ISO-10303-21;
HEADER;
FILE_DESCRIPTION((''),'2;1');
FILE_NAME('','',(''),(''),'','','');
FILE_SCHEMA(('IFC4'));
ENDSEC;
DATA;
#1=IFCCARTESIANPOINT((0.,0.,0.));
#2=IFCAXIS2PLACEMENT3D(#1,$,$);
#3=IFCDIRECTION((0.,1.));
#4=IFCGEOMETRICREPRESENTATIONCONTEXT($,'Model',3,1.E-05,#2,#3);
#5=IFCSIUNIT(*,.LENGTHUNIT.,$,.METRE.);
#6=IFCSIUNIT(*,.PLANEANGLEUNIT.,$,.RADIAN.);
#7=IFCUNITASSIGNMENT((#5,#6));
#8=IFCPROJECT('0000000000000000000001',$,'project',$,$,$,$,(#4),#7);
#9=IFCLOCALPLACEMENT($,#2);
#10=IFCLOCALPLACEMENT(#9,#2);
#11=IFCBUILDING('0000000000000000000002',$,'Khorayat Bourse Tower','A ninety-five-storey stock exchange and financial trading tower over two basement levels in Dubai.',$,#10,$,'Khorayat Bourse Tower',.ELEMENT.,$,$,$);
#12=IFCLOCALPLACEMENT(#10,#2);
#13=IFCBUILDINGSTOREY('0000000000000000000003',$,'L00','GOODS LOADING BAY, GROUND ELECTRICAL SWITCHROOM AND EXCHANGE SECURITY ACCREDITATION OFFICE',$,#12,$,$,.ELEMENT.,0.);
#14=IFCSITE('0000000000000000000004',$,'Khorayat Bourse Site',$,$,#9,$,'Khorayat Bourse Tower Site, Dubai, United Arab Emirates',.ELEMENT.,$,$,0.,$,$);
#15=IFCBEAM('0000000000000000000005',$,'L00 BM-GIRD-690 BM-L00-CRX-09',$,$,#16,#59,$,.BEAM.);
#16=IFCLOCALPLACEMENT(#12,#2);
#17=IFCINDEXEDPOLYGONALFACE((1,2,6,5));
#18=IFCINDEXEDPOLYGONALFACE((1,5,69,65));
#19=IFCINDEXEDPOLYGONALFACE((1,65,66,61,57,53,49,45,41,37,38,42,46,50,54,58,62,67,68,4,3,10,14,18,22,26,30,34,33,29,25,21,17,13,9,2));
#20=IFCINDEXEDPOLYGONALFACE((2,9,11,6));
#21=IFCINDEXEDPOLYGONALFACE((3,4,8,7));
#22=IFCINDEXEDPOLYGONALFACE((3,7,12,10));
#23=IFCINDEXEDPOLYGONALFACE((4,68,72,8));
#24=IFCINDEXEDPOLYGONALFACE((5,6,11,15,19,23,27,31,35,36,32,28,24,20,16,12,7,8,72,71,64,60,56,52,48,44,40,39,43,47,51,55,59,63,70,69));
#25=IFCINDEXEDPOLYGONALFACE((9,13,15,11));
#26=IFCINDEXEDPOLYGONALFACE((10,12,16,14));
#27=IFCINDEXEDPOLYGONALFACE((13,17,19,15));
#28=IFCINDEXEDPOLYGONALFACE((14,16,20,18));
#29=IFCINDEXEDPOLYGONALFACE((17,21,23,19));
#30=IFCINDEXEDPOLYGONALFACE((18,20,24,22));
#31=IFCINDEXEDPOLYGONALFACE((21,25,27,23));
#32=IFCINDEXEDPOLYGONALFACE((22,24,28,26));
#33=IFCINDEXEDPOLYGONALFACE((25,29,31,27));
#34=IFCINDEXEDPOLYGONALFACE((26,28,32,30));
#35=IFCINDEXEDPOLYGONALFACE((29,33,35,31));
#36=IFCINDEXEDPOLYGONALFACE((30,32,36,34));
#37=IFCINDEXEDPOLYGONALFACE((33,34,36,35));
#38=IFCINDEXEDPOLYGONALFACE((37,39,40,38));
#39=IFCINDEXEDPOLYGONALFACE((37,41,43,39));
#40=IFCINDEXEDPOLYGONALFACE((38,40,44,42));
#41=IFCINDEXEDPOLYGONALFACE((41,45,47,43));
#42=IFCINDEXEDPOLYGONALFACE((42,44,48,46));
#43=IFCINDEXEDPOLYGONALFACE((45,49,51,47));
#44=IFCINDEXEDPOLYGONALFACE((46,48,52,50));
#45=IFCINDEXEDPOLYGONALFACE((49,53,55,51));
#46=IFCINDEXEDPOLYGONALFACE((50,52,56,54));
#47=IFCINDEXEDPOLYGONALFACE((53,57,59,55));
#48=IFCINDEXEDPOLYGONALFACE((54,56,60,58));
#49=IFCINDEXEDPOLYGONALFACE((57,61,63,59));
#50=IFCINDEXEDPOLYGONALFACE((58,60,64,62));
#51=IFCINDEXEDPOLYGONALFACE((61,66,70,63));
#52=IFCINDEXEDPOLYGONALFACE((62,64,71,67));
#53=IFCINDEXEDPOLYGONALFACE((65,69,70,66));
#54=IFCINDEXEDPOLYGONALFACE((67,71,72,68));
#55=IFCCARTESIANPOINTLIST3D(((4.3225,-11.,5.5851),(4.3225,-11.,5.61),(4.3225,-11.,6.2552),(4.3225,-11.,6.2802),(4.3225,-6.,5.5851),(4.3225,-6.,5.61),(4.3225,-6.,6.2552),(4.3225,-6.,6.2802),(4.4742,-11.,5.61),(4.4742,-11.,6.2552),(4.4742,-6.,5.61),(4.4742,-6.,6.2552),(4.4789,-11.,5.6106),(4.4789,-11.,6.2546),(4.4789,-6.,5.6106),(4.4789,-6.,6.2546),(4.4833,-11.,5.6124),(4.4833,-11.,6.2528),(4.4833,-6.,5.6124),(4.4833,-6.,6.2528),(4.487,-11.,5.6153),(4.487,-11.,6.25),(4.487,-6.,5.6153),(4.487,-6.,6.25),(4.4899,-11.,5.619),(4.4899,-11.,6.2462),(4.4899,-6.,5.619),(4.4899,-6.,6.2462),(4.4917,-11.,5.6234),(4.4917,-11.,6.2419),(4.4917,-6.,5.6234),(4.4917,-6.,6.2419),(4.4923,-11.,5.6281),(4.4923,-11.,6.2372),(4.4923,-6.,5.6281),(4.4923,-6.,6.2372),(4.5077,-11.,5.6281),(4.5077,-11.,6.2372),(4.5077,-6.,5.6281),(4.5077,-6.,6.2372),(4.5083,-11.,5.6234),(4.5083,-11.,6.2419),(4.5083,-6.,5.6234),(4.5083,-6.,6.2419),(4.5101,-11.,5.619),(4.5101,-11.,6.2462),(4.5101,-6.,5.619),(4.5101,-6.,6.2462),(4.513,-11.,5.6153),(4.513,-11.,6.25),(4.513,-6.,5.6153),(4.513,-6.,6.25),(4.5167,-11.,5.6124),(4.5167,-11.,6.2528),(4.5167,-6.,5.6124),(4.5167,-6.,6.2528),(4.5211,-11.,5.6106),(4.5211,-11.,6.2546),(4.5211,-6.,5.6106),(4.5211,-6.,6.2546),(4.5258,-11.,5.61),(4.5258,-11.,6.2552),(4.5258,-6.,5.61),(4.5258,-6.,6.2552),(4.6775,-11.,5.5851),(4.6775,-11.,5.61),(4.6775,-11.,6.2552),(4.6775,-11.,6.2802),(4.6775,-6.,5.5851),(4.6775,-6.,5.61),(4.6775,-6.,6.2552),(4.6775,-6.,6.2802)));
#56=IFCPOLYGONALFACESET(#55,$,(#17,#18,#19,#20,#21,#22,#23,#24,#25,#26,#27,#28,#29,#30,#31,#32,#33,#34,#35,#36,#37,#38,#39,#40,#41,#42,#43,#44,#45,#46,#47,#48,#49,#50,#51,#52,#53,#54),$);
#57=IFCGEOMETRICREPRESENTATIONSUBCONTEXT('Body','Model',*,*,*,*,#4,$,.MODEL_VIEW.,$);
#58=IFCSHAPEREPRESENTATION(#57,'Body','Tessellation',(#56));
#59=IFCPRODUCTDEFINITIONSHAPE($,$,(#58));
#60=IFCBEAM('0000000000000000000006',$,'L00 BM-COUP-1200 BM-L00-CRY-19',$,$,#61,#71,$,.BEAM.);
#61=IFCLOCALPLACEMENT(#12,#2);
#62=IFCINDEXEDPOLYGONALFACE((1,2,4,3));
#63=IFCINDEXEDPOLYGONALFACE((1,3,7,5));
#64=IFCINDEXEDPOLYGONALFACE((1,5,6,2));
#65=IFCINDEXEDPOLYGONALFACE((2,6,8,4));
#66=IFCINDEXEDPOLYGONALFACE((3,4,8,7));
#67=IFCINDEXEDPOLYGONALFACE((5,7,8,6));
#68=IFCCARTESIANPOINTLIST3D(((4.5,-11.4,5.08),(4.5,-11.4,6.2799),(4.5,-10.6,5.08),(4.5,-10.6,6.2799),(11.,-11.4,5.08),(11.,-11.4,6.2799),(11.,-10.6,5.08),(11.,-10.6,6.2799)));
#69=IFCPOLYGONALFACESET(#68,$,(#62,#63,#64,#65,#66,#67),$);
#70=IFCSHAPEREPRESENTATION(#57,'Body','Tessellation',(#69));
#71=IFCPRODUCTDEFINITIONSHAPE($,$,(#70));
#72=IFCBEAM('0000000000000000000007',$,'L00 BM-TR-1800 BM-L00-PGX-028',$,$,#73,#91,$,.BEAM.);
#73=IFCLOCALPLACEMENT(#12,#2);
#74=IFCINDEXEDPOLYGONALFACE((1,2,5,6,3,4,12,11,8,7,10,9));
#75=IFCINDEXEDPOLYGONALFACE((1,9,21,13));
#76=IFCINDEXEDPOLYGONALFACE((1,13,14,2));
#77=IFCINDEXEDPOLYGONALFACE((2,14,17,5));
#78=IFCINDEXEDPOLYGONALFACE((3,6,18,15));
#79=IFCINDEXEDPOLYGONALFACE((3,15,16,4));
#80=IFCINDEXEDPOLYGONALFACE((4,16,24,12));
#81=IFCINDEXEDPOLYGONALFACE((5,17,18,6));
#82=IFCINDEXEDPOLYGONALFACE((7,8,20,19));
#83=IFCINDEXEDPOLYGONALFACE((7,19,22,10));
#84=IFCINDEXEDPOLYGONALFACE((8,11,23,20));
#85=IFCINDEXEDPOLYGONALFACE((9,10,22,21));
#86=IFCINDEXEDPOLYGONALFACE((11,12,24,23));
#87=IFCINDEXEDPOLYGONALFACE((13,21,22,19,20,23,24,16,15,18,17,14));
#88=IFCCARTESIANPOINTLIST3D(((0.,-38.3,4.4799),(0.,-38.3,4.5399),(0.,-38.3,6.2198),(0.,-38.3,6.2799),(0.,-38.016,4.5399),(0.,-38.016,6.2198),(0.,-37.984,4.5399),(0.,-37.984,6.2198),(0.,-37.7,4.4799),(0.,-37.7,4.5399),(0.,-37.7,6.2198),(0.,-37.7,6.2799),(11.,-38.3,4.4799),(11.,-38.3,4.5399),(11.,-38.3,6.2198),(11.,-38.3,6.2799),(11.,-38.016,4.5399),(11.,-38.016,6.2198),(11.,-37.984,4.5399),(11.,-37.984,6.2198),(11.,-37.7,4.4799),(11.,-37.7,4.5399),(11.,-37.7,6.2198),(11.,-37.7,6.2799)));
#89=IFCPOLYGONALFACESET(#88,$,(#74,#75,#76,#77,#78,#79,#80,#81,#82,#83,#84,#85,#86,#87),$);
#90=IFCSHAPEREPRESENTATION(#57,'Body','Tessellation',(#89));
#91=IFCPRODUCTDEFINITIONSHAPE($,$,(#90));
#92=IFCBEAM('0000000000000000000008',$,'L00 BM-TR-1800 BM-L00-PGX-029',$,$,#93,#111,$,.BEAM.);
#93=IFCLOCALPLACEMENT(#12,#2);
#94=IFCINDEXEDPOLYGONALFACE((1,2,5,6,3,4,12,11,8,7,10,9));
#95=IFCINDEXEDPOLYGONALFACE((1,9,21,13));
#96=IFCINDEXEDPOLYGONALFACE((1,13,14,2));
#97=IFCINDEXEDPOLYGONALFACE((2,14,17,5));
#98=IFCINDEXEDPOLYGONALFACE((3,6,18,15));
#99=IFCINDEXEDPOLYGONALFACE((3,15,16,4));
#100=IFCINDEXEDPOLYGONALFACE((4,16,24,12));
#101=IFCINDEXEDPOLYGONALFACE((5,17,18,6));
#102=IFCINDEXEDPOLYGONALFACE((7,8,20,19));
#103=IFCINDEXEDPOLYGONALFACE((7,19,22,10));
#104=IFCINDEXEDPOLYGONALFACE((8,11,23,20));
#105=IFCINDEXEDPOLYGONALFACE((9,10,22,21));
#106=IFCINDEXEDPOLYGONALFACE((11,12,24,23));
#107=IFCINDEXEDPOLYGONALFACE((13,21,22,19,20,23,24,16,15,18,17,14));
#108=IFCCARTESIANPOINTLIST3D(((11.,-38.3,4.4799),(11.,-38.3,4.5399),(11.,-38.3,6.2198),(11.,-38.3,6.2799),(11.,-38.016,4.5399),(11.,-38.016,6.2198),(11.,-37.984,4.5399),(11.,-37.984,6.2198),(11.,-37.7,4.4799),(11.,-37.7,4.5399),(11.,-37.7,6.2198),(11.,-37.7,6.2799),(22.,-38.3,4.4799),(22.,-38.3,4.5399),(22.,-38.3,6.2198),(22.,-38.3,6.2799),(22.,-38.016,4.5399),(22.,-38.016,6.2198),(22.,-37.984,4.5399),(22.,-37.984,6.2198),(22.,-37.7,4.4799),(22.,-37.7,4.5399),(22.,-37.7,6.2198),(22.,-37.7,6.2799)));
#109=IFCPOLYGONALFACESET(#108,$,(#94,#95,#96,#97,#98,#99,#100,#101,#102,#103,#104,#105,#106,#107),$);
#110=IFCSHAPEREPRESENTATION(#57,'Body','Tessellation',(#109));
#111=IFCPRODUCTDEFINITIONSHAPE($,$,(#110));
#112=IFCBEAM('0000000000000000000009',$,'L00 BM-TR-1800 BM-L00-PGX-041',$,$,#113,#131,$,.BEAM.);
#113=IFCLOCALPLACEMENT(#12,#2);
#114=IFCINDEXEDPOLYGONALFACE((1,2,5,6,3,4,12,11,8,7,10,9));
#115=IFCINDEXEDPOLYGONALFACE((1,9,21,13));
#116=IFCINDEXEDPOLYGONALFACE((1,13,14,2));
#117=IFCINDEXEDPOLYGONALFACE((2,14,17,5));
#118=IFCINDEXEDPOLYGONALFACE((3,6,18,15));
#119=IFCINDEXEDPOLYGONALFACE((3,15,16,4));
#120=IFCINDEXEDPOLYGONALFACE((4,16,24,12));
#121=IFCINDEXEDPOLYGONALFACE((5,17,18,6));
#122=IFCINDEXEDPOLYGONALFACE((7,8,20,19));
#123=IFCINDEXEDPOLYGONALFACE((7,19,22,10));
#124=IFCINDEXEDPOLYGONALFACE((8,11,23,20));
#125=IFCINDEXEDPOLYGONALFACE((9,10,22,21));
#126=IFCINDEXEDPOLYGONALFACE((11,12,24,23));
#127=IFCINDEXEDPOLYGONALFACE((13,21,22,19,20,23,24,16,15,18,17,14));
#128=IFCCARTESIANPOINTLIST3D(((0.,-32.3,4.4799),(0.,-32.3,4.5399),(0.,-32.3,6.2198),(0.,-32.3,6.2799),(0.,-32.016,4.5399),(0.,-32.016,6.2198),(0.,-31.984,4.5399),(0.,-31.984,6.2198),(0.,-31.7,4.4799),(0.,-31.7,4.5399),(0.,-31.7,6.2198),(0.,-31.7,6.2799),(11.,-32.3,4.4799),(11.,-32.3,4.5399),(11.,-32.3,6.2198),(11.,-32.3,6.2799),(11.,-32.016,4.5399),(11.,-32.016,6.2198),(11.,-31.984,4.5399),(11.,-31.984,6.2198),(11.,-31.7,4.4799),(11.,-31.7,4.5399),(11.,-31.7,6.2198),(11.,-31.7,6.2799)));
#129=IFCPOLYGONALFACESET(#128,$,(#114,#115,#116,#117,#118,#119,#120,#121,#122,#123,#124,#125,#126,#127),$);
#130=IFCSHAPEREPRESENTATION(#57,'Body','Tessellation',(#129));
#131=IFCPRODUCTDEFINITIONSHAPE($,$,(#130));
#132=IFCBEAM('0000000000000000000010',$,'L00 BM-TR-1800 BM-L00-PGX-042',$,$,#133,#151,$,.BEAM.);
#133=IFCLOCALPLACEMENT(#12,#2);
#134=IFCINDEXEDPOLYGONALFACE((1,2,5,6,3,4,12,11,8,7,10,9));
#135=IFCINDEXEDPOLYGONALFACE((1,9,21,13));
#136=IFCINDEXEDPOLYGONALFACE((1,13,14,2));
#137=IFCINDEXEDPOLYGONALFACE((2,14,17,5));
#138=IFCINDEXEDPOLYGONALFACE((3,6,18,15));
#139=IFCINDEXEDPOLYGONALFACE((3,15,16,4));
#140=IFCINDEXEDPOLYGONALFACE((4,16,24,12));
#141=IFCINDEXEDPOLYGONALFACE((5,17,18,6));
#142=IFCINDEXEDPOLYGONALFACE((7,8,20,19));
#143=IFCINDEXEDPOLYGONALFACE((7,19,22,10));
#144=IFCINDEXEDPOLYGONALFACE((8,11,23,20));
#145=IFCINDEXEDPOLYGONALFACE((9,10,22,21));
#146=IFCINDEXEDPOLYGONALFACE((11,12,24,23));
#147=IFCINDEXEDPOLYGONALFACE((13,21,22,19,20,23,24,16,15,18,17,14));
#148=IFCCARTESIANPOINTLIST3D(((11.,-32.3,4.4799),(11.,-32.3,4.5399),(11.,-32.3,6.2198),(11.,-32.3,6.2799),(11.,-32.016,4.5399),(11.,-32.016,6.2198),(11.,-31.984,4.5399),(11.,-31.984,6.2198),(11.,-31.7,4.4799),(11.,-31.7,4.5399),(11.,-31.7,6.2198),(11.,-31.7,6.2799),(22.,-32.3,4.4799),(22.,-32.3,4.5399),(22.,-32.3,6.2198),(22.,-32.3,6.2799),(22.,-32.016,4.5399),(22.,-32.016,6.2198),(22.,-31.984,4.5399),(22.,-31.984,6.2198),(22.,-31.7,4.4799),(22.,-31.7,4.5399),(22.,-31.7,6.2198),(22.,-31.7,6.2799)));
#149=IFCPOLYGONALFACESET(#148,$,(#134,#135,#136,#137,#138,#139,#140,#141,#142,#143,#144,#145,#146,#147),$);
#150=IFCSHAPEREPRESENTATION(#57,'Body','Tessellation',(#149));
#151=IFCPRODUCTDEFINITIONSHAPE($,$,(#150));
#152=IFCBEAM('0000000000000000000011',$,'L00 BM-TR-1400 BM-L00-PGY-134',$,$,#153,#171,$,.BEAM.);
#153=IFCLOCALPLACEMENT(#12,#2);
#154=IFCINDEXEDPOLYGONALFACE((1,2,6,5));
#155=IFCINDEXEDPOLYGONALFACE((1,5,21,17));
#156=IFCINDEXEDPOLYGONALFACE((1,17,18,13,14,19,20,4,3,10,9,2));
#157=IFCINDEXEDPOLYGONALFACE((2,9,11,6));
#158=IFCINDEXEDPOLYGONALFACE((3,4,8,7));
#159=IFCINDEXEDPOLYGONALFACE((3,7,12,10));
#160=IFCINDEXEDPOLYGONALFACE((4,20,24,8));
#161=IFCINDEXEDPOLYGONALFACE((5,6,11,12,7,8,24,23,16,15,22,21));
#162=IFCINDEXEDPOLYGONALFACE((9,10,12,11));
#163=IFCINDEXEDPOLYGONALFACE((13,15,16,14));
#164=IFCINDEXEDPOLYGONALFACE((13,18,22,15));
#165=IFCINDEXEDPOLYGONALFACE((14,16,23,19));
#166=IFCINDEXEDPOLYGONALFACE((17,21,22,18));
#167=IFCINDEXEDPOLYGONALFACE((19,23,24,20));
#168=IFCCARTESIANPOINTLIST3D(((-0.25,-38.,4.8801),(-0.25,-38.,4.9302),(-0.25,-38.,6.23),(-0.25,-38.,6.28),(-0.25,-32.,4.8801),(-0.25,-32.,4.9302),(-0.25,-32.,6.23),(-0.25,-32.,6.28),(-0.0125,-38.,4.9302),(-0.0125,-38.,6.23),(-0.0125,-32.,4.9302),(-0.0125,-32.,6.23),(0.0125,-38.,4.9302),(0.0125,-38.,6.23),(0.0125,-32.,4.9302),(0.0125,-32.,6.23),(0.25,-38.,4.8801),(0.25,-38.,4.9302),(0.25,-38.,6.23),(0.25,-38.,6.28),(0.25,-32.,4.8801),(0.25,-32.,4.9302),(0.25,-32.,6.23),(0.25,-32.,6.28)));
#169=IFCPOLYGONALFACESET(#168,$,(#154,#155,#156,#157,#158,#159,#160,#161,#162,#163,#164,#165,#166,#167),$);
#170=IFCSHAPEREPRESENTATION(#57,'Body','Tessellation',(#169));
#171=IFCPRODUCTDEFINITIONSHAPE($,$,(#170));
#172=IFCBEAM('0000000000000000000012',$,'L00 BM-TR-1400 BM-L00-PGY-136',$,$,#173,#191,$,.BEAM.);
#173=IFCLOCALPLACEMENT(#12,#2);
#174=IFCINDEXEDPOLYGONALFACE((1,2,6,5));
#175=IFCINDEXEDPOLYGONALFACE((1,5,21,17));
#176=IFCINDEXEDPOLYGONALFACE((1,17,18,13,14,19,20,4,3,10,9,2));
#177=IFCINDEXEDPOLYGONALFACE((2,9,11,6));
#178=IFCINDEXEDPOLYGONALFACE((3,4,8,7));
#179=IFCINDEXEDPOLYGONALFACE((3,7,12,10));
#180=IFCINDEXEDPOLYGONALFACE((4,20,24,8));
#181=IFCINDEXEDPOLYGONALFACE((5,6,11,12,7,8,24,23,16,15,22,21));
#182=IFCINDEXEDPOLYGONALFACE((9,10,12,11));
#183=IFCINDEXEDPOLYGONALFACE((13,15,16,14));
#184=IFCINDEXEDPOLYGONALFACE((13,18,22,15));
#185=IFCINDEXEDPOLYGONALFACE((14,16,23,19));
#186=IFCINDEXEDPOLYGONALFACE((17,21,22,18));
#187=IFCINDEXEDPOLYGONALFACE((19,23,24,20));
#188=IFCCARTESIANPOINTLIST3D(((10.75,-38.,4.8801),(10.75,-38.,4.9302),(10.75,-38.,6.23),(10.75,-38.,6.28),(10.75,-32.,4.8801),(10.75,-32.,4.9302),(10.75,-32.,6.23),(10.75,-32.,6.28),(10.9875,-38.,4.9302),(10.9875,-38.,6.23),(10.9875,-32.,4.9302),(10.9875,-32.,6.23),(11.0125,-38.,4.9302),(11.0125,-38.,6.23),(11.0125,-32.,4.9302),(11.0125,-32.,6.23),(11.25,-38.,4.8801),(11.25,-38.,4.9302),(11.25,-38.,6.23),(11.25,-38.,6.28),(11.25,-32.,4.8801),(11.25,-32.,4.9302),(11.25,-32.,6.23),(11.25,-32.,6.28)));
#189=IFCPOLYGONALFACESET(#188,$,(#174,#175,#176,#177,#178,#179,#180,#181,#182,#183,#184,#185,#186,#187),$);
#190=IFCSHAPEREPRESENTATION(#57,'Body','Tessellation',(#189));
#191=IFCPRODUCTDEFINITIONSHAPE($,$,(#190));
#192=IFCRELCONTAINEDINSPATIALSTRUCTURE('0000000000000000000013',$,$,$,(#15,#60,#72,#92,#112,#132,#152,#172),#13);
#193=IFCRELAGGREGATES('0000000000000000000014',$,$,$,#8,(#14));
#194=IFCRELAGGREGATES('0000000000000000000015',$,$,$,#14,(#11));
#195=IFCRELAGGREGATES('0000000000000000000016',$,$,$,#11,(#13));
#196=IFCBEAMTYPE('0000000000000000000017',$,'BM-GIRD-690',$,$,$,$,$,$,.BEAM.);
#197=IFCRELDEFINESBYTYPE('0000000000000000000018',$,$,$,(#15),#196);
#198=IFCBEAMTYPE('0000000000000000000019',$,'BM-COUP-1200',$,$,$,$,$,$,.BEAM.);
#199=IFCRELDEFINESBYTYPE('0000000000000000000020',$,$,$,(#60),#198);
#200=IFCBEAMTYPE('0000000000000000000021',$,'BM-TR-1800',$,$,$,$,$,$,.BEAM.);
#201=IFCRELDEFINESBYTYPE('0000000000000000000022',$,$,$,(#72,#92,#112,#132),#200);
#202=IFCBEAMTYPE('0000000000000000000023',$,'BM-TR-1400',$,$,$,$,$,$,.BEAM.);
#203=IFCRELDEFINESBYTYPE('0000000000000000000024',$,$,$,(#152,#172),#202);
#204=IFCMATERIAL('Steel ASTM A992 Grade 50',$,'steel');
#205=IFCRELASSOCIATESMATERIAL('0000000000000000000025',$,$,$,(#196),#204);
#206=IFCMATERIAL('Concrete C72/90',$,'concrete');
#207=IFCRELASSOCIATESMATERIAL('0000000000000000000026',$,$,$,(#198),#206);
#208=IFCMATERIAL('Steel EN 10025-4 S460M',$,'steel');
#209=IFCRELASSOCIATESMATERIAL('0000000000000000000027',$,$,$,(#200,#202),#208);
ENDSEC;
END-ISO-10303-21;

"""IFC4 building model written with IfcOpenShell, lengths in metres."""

from ifc_helpers import new_model, si_unit, direction, frame, origin, origin_2d, place, context, subcontext, project, spatial, rectangle, i_section, extrude, source, transform, mapped, material, material_profile, profile_set, type_object, element, save


model = new_model("IFC4")

# Units and contexts
model_context = context("Model", 3, precision=1e-05, world=origin(), true_north=direction((0.0, 1.0)))
body_context = subcontext(model_context, "Body", "Model", "MODEL_VIEW")
ifc_project = project(units=[si_unit("LENGTHUNIT", "METRE"), si_unit("PLANEANGLEUNIT", "RADIAN")], contexts=[model_context])

# Site, building, storey
site_placement = place(None, origin())
site = spatial("IfcSite", under=ifc_project, at=site_placement, Name="Khorayat Bourse Site", LongName="Khorayat Bourse Tower Site, Dubai, United Arab Emirates", CompositionType="ELEMENT", RefElevation=0.0)
building_placement = place(site_placement, origin())
building = spatial("IfcBuilding", under=site, at=building_placement, Name="Khorayat Bourse Tower", Description="A ninety-five-storey stock exchange and financial trading tower over two basement levels in Dubai.", LongName="Khorayat Bourse Tower", CompositionType="ELEMENT")
storey_placement = place(building_placement, origin())
storey = spatial("IfcBuildingStorey", under=building, at=storey_placement, Name="L00", Description="GOODS LOADING BAY, GROUND ELECTRICAL SWITCHROOM AND EXCHANGE SECURITY ACCREDITATION OFFICE", CompositionType="ELEMENT", Elevation=0.0)

# Shared definitions
ifc_material_1 = material(Name="Concrete C72/90", Category="concrete")

# Beams
ifc_material_2 = material(Name="Steel ASTM A992 Grade 50", Category="steel")
ifc_material_profile_1 = material_profile(ifc_material_2, i_section(OverallWidth=0.355, OverallDepth=0.6951, WebThickness=0.0154, FlangeThickness=0.0249, FilletRadius=0.0181, at=origin_2d()), Name="W690X217")
ifc_profile_set_1 = profile_set([ifc_material_profile_1], Name="Steel ASTM A992 Grade 50")
beam_type_1 = type_object("IfcBeamType", Name="BM-GIRD-690", PredefinedType="BEAM", material=ifc_profile_set_1)
shared_shape_1 = source(origin(), body_context, "Body", "SweptSolid", [
    extrude(i_section(OverallWidth=0.355, OverallDepth=0.6951, WebThickness=0.0154, FlangeThickness=0.0249, FilletRadius=0.0181, at=origin_2d()), origin(), (0.0, 0.0, 1.0), 5.0),
])
beam_1_placement = place(storey_placement, frame((4.5, -11.0, 5.9326), z_axis=(0.0, 1.0, 0.0), x_axis=(-1.0, 0.0, 0.0)))
element("IfcBeam", 1, at=beam_1_placement, inside=storey, type_object=beam_type_1, Name="L00 BM-GIRD-690 BM-L00-CRX-09", PredefinedType="BEAM", context=body_context, shape_type="MappedRepresentation", body=[
    mapped(shared_shape_1, transform((0.0, 0.0, 0.0), scale=1.0)),
])
ifc_material_profile_2 = material_profile(ifc_material_1, rectangle(XDim=0.8, YDim=1.2, at=origin_2d()), Name="RC 800x1200")
ifc_profile_set_2 = profile_set([ifc_material_profile_2], Name="Concrete C72/90")
beam_type_2 = type_object("IfcBeamType", Name="BM-COUP-1200", PredefinedType="BEAM", material=ifc_profile_set_2)
shared_shape_2 = source(origin(), body_context, "Body", "SweptSolid", [
    extrude(rectangle(XDim=0.8, YDim=1.2, at=origin_2d()), origin(), (0.0, 0.0, 1.0), 6.5),
])
beam_2_placement = place(storey_placement, frame((4.5, -11.0, 5.6799), z_axis=(1.0, 0.0, 0.0), x_axis=(0.0, 1.0, 0.0)))
element("IfcBeam", 2, at=beam_2_placement, inside=storey, type_object=beam_type_2, Name="L00 BM-COUP-1200 BM-L00-CRY-19", PredefinedType="BEAM", context=body_context, shape_type="MappedRepresentation", body=[
    mapped(shared_shape_2, transform((0.0, 0.0, 0.0), scale=1.0)),
])
ifc_material_3 = material(Name="Steel EN 10025-4 S460M", Category="steel")
ifc_material_profile_3 = material_profile(ifc_material_3, i_section(OverallWidth=0.6001, OverallDepth=1.8, WebThickness=0.032, FlangeThickness=0.0601, at=origin_2d()), Name="PG 1800x600x32x60")
ifc_profile_set_3 = profile_set([ifc_material_profile_3], Name="Steel EN 10025-4 S460M")
beam_type_3 = type_object("IfcBeamType", Name="BM-TR-1800", PredefinedType="BEAM", material=ifc_profile_set_3)
shared_shape_3 = source(origin(), body_context, "Body", "SweptSolid", [
    extrude(i_section(OverallWidth=0.6001, OverallDepth=1.8, WebThickness=0.032, FlangeThickness=0.0601, at=origin_2d()), origin(), (0.0, 0.0, 1.0), 11.0),
])
for number, where, z_axis, x_axis, name in (
    (3, (0.0, -38.0, 5.3799), (1.0, 0.0, 0.0), (0.0, 1.0, 0.0), "L00 BM-TR-1800 BM-L00-PGX-028"),
    (4, (11.0, -38.0, 5.3799), (1.0, 0.0, 0.0), (0.0, 1.0, 0.0), "L00 BM-TR-1800 BM-L00-PGX-029"),
    (5, (0.0, -32.0, 5.3799), (1.0, 0.0, 0.0), (0.0, 1.0, 0.0), "L00 BM-TR-1800 BM-L00-PGX-041"),
    (6, (11.0, -32.0, 5.3799), (1.0, 0.0, 0.0), (0.0, 1.0, 0.0), "L00 BM-TR-1800 BM-L00-PGX-042"),
):
    element("IfcBeam", number, at=place(storey_placement, frame(where, z_axis=z_axis, x_axis=x_axis)), inside=storey, type_object=beam_type_3, Name=name, PredefinedType="BEAM", context=body_context, shape_type="MappedRepresentation", body=[
        mapped(shared_shape_3, transform((0.0, 0.0, 0.0), scale=1.0)),
    ])
ifc_material_profile_4 = material_profile(ifc_material_3, i_section(OverallWidth=0.5, OverallDepth=1.3999, WebThickness=0.0249, FlangeThickness=0.05, at=origin_2d()), Name="PG 1400x500x25x50")
ifc_profile_set_4 = profile_set([ifc_material_profile_4], Name="Steel EN 10025-4 S460M")
beam_type_4 = type_object("IfcBeamType", Name="BM-TR-1400", PredefinedType="BEAM", material=ifc_profile_set_4)
shared_shape_4 = source(origin(), body_context, "Body", "SweptSolid", [
    extrude(i_section(OverallWidth=0.5, OverallDepth=1.3999, WebThickness=0.0249, FlangeThickness=0.05, at=origin_2d()), origin(), (0.0, 0.0, 1.0), 6.0),
])
for number, where, z_axis, x_axis, name in (
    (7, (0.0, -38.0, 5.5801), (0.0, 1.0, 0.0), (-1.0, 0.0, 0.0), "L00 BM-TR-1400 BM-L00-PGY-134"),
    (8, (11.0, -38.0, 5.5801), (0.0, 1.0, 0.0), (-1.0, 0.0, 0.0), "L00 BM-TR-1400 BM-L00-PGY-136"),
):
    element("IfcBeam", number, at=place(storey_placement, frame(where, z_axis=z_axis, x_axis=x_axis)), inside=storey, type_object=beam_type_4, Name=name, PredefinedType="BEAM", context=body_context, shape_type="MappedRepresentation", body=[
        mapped(shared_shape_4, transform((0.0, 0.0, 0.0), scale=1.0)),
    ])

save(model, "model.ifc")
